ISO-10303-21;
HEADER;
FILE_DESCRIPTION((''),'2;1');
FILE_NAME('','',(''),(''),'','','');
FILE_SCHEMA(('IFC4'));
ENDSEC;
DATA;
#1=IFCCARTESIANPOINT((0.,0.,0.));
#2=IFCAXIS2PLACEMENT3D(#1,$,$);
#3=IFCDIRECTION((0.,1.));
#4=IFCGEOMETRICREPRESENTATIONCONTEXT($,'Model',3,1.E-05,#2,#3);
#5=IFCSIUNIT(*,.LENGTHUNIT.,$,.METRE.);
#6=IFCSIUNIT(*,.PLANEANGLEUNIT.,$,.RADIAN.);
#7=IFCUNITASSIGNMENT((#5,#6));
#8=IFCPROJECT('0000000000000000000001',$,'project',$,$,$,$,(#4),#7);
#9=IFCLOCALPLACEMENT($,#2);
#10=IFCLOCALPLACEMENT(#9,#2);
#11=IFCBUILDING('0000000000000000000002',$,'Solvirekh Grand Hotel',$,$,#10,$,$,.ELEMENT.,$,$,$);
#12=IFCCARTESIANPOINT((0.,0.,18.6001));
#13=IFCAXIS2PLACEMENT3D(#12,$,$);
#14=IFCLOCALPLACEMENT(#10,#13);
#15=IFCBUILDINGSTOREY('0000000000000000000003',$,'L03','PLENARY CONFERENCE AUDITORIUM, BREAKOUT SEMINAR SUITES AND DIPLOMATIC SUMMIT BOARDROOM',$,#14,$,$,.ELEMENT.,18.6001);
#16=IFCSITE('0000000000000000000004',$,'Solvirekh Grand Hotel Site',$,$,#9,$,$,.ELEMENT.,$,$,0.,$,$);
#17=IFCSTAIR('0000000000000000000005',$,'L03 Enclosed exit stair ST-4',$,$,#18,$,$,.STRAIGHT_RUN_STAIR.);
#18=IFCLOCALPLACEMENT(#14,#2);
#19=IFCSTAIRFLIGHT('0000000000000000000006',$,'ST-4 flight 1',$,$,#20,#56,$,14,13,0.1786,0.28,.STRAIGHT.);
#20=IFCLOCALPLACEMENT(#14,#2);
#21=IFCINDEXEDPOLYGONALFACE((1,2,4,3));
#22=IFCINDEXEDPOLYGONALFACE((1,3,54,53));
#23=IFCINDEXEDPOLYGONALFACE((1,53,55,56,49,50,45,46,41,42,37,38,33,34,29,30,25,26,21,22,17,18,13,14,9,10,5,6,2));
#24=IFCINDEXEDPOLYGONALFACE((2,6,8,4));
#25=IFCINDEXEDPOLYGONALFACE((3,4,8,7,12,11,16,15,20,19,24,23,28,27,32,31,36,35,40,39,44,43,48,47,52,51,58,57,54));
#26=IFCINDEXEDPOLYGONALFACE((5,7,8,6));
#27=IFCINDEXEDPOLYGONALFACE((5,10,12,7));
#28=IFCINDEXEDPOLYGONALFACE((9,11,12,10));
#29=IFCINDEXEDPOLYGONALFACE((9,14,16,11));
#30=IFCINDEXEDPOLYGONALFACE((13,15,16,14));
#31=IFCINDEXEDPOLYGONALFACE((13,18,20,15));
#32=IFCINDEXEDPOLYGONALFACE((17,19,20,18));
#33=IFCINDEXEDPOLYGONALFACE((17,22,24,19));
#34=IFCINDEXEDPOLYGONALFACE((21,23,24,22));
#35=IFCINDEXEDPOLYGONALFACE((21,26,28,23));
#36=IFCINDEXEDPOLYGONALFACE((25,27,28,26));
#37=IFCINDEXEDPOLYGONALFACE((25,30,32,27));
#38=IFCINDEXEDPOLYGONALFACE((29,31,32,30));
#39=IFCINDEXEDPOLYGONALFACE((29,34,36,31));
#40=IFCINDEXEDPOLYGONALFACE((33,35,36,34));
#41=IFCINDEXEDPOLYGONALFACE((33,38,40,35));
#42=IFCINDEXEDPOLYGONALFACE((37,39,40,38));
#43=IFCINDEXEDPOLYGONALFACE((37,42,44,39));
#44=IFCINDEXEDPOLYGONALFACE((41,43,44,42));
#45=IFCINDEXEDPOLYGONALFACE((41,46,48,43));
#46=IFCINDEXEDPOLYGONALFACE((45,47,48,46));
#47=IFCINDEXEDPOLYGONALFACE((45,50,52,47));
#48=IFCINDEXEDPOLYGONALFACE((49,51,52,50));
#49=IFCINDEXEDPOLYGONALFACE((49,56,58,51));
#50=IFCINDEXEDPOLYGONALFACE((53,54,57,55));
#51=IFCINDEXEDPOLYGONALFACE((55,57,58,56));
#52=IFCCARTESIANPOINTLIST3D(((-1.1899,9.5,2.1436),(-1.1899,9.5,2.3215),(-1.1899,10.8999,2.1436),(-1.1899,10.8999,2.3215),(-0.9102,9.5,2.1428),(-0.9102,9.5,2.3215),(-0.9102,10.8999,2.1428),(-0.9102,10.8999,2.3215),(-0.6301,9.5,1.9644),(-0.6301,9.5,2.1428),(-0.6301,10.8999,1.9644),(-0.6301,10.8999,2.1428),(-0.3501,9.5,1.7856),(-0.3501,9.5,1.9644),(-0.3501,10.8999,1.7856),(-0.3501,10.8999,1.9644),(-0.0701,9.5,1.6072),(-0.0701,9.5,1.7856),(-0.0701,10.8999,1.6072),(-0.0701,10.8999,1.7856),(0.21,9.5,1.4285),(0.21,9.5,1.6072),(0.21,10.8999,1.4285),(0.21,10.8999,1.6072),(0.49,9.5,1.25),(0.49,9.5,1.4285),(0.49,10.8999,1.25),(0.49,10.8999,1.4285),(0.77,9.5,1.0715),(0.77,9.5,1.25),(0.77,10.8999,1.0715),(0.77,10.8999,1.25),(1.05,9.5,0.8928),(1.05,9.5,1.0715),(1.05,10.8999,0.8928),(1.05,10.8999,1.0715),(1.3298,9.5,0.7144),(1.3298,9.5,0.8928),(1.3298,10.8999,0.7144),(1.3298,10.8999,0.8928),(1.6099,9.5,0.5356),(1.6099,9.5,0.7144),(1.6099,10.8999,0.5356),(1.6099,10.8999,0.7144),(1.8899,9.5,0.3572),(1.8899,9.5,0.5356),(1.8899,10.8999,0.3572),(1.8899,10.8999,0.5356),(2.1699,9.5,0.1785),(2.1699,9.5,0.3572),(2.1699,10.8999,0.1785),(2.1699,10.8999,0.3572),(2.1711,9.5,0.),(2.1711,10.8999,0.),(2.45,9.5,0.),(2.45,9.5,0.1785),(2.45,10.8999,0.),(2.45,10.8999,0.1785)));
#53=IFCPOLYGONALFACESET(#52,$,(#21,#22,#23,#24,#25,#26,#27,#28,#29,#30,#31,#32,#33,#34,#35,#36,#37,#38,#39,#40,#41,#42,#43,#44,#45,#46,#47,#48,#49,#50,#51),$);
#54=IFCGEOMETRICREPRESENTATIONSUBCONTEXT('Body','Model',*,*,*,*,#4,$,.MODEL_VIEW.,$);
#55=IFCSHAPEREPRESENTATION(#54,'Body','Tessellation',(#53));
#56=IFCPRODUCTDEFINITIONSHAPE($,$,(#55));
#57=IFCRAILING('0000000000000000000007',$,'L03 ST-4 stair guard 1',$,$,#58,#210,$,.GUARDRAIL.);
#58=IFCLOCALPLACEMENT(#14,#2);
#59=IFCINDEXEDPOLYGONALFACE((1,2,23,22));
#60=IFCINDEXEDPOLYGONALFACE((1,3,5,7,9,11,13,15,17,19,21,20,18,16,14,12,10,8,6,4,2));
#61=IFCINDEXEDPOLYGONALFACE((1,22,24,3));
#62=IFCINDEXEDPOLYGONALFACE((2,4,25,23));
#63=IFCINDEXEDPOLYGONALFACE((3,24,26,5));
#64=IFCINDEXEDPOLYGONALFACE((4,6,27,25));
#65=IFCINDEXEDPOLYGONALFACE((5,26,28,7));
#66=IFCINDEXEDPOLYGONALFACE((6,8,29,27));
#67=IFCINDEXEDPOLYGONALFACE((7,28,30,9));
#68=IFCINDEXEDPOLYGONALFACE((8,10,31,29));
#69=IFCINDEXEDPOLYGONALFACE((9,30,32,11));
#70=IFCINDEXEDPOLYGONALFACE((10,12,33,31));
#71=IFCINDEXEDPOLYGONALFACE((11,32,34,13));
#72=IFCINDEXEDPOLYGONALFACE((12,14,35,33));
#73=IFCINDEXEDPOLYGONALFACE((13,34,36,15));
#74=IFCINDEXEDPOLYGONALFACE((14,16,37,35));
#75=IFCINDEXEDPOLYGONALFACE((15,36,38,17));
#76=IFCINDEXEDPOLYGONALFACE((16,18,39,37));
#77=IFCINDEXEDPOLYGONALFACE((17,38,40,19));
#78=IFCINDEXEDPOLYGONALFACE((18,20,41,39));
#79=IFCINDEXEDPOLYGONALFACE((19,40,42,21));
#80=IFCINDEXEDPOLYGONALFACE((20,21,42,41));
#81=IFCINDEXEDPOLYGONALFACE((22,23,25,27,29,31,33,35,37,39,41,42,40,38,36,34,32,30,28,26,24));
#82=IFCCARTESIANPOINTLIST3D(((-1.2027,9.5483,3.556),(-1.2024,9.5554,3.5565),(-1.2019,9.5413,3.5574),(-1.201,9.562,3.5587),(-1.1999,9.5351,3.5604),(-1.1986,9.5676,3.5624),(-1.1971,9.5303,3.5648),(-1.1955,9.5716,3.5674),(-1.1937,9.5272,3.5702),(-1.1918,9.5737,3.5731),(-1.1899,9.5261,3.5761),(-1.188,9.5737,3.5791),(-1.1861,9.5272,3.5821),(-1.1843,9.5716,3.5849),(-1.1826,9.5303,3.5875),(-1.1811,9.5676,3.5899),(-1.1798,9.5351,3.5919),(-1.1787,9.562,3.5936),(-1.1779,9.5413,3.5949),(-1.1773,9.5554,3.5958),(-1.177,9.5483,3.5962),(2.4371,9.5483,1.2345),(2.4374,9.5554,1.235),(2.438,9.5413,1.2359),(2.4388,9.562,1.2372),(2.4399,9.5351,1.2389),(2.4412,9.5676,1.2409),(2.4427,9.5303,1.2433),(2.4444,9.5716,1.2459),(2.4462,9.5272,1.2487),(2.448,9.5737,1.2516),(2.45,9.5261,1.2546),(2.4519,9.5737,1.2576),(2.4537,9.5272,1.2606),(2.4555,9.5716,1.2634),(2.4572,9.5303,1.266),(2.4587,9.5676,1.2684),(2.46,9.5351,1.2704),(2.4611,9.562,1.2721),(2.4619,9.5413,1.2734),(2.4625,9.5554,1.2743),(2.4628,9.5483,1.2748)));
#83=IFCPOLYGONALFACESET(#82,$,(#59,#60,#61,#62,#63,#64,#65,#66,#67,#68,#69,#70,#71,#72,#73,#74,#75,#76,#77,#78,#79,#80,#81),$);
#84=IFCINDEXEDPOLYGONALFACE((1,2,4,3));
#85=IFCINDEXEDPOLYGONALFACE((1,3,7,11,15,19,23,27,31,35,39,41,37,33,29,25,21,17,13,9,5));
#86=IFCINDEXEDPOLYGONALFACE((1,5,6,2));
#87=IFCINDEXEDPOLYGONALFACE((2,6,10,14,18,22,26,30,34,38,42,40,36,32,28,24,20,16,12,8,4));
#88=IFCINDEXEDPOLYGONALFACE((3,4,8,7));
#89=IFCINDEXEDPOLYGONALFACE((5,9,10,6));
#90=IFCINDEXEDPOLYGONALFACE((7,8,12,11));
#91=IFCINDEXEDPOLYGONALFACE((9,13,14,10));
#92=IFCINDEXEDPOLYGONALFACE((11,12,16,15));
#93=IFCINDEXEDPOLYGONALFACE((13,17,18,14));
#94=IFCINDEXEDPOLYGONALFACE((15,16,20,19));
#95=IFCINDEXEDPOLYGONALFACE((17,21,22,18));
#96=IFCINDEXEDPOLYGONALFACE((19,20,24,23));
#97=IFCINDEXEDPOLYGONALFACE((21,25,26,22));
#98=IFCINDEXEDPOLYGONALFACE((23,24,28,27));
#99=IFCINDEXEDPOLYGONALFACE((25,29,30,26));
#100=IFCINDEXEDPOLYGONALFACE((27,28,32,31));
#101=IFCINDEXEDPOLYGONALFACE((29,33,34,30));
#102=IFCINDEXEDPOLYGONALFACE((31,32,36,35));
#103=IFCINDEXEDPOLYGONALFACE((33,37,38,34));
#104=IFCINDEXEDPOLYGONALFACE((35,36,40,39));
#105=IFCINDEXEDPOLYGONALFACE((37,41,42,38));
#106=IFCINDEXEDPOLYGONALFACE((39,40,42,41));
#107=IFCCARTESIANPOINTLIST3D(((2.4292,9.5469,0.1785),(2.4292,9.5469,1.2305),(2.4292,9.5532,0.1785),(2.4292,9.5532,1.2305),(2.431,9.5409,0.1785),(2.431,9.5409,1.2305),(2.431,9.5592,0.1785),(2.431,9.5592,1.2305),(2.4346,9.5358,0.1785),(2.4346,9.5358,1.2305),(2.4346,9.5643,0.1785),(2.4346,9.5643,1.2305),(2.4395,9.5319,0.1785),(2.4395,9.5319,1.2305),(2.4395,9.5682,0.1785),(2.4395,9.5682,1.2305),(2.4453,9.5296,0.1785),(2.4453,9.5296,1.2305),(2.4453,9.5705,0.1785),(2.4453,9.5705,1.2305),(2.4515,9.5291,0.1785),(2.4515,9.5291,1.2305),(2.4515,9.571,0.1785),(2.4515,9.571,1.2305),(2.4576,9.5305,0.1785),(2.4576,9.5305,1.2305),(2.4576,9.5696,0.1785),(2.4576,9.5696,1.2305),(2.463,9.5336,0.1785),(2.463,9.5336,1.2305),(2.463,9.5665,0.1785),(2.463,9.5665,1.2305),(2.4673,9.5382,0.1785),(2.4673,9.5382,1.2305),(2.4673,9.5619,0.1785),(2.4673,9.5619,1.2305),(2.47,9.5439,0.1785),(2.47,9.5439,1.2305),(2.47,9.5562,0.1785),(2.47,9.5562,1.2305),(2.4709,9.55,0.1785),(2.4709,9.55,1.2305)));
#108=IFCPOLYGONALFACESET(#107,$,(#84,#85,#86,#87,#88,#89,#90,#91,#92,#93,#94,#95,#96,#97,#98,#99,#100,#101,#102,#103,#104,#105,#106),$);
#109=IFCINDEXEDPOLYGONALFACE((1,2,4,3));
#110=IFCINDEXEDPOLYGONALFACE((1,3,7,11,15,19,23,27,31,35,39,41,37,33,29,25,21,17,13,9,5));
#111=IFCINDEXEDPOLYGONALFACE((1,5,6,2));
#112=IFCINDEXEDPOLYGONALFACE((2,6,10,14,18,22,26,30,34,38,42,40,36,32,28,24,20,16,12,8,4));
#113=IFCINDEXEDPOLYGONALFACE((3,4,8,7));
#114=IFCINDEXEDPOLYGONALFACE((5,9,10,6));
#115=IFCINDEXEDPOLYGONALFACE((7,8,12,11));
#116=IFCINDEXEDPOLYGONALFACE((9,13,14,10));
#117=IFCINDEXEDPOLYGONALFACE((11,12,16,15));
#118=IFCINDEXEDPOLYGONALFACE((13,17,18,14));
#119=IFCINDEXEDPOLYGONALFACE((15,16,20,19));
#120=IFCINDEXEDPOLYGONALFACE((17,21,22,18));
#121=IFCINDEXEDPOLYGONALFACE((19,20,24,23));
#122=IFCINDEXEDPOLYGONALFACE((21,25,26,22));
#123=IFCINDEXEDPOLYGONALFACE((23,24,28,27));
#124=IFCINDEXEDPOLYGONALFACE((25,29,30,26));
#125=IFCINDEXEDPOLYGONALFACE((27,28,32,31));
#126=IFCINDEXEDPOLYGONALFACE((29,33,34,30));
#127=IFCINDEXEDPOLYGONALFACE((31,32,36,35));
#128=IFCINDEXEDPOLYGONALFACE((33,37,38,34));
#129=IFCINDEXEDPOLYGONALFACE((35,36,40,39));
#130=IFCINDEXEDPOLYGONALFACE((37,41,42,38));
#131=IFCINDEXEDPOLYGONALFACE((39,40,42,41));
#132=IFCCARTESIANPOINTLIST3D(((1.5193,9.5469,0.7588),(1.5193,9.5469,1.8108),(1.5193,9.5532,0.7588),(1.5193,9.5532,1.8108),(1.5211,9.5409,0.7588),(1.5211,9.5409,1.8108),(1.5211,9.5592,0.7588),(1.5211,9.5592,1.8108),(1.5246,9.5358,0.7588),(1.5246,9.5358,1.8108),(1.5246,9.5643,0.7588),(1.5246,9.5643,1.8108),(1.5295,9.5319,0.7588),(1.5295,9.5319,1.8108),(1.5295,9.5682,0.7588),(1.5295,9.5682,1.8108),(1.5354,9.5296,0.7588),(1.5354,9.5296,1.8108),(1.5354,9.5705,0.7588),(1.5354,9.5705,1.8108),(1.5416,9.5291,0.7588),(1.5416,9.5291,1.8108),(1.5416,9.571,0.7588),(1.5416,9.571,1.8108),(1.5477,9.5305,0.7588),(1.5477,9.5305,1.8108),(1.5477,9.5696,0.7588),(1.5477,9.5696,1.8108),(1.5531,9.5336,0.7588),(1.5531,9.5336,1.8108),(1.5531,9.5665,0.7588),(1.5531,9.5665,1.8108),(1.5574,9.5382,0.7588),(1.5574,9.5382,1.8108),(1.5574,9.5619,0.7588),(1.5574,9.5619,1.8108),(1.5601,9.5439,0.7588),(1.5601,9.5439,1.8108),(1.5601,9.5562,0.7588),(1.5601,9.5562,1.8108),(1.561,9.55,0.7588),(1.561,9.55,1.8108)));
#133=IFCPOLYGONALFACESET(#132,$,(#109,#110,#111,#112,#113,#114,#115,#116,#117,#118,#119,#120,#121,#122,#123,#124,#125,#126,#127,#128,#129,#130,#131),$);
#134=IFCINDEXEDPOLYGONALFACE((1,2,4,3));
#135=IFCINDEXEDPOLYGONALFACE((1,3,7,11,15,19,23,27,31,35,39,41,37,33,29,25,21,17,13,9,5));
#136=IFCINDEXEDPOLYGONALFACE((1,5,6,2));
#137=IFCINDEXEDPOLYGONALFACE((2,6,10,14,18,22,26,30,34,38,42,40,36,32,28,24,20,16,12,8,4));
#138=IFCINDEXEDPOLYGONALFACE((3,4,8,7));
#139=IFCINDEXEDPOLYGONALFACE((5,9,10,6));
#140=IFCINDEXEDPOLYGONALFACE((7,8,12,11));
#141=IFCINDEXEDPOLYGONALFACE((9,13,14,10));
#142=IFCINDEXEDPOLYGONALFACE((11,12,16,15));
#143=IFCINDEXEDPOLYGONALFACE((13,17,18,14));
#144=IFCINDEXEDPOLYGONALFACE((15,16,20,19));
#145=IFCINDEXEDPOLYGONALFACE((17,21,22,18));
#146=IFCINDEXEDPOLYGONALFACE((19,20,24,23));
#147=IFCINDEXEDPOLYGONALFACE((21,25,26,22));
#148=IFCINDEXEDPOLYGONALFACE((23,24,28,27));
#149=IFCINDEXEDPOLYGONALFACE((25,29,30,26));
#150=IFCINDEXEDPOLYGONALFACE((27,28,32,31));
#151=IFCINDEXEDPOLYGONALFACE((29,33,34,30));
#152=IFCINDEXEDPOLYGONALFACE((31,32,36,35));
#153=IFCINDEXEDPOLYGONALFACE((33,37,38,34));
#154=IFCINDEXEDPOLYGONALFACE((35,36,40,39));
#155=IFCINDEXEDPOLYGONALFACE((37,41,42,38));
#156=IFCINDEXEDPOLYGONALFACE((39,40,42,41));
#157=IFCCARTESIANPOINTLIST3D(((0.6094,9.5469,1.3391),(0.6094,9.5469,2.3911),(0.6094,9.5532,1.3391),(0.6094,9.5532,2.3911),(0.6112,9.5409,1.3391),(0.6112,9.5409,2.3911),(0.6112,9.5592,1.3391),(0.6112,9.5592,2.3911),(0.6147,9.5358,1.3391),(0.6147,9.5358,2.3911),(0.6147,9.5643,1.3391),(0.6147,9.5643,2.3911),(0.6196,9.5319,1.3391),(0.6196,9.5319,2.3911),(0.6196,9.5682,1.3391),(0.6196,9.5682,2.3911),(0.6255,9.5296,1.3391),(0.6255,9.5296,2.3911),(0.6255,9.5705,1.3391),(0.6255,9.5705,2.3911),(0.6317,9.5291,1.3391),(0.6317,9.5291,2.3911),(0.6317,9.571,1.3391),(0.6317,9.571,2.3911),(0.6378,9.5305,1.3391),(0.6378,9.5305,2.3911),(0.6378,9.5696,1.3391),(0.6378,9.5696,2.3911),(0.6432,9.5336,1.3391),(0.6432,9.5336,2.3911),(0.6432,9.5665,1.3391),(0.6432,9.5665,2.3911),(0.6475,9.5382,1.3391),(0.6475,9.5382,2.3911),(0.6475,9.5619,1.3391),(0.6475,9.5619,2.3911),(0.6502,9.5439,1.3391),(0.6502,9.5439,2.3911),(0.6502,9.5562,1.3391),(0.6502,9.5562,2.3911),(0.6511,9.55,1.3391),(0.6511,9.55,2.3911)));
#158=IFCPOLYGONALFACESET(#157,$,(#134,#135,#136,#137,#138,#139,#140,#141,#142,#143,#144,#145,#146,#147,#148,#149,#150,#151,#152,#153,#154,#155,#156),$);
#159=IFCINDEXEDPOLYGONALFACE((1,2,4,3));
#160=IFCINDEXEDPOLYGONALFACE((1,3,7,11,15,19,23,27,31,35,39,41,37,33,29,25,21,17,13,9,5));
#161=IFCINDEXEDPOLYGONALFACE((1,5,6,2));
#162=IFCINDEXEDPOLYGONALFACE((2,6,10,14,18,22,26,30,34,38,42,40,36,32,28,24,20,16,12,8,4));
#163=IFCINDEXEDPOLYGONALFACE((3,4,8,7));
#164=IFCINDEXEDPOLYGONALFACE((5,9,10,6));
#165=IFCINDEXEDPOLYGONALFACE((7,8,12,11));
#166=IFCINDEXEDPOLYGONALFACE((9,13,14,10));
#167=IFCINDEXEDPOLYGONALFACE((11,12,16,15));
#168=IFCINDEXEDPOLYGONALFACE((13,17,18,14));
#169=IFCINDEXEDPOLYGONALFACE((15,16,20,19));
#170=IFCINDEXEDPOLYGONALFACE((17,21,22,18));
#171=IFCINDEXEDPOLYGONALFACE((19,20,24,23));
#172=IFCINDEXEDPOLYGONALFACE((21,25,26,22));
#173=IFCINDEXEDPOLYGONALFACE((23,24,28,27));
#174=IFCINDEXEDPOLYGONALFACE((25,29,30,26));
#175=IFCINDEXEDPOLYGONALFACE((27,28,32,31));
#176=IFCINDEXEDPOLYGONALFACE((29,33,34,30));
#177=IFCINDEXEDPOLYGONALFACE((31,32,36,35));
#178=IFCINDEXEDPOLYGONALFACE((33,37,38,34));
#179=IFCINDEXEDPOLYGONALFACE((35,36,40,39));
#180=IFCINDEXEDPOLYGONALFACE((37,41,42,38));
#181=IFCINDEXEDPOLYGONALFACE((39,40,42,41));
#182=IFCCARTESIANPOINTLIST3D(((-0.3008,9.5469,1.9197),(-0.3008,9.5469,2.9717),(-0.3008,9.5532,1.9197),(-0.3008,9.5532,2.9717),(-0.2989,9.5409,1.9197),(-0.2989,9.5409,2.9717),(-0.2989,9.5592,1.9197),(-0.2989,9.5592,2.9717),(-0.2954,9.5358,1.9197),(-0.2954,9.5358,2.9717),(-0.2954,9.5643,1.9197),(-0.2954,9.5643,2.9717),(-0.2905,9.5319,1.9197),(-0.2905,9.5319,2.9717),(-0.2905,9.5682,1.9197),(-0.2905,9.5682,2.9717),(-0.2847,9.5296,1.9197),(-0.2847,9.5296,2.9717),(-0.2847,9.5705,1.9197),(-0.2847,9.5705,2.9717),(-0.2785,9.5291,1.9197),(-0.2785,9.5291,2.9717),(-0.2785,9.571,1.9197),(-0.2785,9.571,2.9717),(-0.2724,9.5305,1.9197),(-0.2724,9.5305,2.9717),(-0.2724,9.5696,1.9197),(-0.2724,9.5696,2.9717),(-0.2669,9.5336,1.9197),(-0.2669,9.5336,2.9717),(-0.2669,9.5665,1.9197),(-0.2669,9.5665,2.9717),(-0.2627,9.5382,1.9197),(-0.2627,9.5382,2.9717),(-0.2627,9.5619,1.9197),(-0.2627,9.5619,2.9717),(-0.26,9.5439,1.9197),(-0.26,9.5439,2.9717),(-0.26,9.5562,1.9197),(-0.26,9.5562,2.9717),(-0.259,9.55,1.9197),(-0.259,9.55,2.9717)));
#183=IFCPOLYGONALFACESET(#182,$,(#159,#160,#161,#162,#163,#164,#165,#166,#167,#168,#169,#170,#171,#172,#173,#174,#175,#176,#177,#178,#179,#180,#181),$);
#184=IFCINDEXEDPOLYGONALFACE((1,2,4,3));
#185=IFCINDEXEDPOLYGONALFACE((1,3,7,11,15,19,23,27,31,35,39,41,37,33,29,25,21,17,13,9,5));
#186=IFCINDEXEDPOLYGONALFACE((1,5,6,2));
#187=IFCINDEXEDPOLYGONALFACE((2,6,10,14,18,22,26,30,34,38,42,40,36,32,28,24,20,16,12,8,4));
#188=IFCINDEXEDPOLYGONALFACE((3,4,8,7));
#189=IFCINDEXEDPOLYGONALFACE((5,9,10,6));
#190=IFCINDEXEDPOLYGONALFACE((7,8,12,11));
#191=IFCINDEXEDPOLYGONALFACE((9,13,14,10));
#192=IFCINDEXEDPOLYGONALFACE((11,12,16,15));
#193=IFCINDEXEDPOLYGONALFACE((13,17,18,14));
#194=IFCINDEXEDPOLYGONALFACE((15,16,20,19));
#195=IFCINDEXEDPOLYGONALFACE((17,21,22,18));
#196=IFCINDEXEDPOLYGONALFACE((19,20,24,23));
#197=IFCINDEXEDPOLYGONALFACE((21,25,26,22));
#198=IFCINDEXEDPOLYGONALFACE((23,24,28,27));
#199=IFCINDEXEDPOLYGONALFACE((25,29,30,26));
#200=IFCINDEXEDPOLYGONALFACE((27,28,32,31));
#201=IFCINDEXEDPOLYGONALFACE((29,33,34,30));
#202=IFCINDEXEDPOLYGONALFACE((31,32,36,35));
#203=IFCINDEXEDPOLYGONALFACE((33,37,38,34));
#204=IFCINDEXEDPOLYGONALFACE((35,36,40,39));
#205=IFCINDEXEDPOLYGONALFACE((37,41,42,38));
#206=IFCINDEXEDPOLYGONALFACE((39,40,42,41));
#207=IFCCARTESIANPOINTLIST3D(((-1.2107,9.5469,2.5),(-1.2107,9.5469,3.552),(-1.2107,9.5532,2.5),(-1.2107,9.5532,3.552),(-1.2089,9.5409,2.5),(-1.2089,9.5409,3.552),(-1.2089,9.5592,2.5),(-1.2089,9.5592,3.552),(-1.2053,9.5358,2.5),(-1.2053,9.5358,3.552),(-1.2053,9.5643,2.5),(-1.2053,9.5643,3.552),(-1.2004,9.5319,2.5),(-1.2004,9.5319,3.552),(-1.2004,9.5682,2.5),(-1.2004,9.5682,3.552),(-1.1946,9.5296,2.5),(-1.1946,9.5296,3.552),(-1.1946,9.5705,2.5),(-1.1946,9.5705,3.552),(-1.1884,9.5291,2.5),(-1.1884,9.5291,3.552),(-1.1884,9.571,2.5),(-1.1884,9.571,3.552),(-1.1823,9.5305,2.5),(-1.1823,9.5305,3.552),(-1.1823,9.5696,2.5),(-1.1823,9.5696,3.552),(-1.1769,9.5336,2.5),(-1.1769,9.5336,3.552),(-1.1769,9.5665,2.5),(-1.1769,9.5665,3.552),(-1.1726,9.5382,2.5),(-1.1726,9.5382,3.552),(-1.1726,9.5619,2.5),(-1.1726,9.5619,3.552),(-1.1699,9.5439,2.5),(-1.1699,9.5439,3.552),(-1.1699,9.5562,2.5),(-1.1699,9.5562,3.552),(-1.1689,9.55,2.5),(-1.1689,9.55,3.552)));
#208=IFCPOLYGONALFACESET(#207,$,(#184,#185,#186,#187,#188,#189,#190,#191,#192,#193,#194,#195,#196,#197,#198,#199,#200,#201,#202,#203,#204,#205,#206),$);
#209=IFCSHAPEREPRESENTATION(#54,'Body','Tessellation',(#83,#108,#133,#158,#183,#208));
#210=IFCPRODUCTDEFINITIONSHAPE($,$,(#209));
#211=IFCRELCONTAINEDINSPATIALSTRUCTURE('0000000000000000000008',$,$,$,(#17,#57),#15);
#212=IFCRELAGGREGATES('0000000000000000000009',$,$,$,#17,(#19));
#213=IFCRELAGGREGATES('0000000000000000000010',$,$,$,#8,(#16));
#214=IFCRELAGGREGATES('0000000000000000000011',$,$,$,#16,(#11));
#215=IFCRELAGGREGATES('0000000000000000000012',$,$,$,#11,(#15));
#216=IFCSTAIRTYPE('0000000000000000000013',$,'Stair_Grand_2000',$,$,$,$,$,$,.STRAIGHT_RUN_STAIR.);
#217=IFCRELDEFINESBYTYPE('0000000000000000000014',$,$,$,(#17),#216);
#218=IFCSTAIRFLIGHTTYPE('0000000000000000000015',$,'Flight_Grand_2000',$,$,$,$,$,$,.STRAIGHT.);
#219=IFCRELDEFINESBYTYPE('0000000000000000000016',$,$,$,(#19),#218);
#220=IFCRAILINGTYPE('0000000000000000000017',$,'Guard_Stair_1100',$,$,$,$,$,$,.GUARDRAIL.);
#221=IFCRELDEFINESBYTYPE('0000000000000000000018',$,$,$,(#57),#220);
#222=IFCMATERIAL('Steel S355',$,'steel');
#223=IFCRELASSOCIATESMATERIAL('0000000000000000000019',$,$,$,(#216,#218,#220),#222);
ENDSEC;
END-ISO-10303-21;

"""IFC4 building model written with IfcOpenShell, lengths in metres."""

from ifc_helpers import new_model, si_unit, direction, frame, origin, origin_2d, place, context, subcontext, project, spatial, polyline, circle, outline, extrude, material, type_object, element, aggregate, save


model = new_model("IFC4")

# Units and contexts
model_context = context("Model", 3, precision=1e-05, world=origin(), true_north=direction((0.0, 1.0)))
body_context = subcontext(model_context, "Body", "Model", "MODEL_VIEW")
ifc_project = project(units=[si_unit("LENGTHUNIT", "METRE"), si_unit("PLANEANGLEUNIT", "RADIAN")], contexts=[model_context])

# Site, building, storey
site_placement = place(None, origin())
site = spatial("IfcSite", under=ifc_project, at=site_placement, Name="Solvirekh Grand Hotel Site", CompositionType="ELEMENT", RefElevation=0.0)
building_placement = place(site_placement, origin())
building = spatial("IfcBuilding", under=site, at=building_placement, Name="Solvirekh Grand Hotel", CompositionType="ELEMENT")
storey_placement = place(building_placement, frame((0.0, 0.0, 18.6001)))
storey = spatial("IfcBuildingStorey", under=building, at=storey_placement, Name="L03", Description="PLENARY CONFERENCE AUDITORIUM, BREAKOUT SEMINAR SUITES AND DIPLOMATIC SUMMIT BOARDROOM", CompositionType="ELEMENT", Elevation=18.6001)

# Shared definitions
ifc_material_1 = material(Name="Steel S355", Category="steel")

# Stair, stair flight
stair_type = type_object("IfcStairType", Name="Stair_Grand_2000", PredefinedType="STRAIGHT_RUN_STAIR", material=ifc_material_1)
stair_placement = place(storey_placement, origin())
stair = element("IfcStair", 1, at=stair_placement, inside=storey, type_object=stair_type, Name="L03 Enclosed exit stair ST-4", PredefinedType="STRAIGHT_RUN_STAIR")
stair_flight_type = type_object("IfcStairFlightType", Name="Flight_Grand_2000", PredefinedType="STRAIGHT", material=ifc_material_1)
stair_flight_placement = place(storey_placement, frame((2.45, 10.2, 0.0), z_axis=(0.0, 0.0, 1.0), x_axis=(-1.0, 0.0, 0.0)))
stair_flight = element("IfcStairFlight", 2, at=stair_flight_placement, type_object=stair_flight_type, Name="ST-4 flight 1", NumberOfRisers=14, NumberOfTreads=13, PredefinedType="STRAIGHT", RiserHeight=0.1786, TreadLength=0.28, context=body_context, shape_type="SweptSolid", body=[
    extrude(outline(polyline([(0.0, 0.0), (0.0, 0.1785), (0.28, 0.1785), (0.28, 0.3572), (0.5601, 0.3572), (0.5601, 0.5356), (0.8401, 0.5356), (0.8401, 0.7144), (1.1201, 0.7144), (1.1201, 0.8928), (1.3999, 0.8928), (1.3999, 1.0715), (1.6799, 1.0715), (1.6799, 1.25), (1.96, 1.25), (1.96, 1.4285), (2.24, 1.4285), (2.24, 1.6072), (2.52, 1.6072), (2.52, 1.7856), (2.8, 1.7856), (2.8, 1.9644), (3.0801, 1.9644), (3.0801, 2.1428), (3.3601, 2.1428), (3.3601, 2.3215), (3.6399, 2.3215), (3.6399, 2.5), (3.6399, 2.1436), (0.2788, 0.0), (0.0, 0.0)])), frame((0.0, 0.7, 0.0), z_axis=(0.0, -1.0, 0.0), x_axis=(1.0, 0.0, 0.0)), (0.0, 0.0, 1.0), 1.3999),
])
aggregate(stair, [stair_flight])

# Railing
railing_type_1 = type_object("IfcRailingType", Name="Guard_Stair_1100", PredefinedType="GUARDRAIL", material=ifc_material_1)
railing_1_placement = place(storey_placement, frame((2.45, 9.55, 0.1785)))
element("IfcRailing", 3, at=railing_1_placement, inside=storey, type_object=railing_type_1, Name="L03 ST-4 stair guard 1", PredefinedType="GUARDRAIL", context=body_context, shape_type="SweptSolid", body=[
    extrude(circle(Radius=0.0239, at=origin_2d()), frame((0.0, 0.0, 1.0762), z_axis=(-0.843112, 0.0, 0.537739), x_axis=(0.0, -1.0, 0.0)), (0.0, 0.0, 1.0), 4.3171),
    extrude(circle(Radius=0.021, at=origin_2d()), origin(), (0.0, 0.0, 1.0), 1.052),
    extrude(circle(Radius=0.021, at=origin_2d()), frame((-0.9099, 0.0, 0.5803)), (0.0, 0.0, 1.0), 1.052),
    extrude(circle(Radius=0.021, at=origin_2d()), frame((-1.8198, 0.0, 1.1606)), (0.0, 0.0, 1.0), 1.052),
    extrude(circle(Radius=0.021, at=origin_2d()), frame((-2.73, 0.0, 1.7412)), (0.0, 0.0, 1.0), 1.052),
    extrude(circle(Radius=0.021, at=origin_2d()), frame((-3.6399, 0.0, 2.3215)), (0.0, 0.0, 1.0), 1.052),
])

save(model, "model.ifc")
